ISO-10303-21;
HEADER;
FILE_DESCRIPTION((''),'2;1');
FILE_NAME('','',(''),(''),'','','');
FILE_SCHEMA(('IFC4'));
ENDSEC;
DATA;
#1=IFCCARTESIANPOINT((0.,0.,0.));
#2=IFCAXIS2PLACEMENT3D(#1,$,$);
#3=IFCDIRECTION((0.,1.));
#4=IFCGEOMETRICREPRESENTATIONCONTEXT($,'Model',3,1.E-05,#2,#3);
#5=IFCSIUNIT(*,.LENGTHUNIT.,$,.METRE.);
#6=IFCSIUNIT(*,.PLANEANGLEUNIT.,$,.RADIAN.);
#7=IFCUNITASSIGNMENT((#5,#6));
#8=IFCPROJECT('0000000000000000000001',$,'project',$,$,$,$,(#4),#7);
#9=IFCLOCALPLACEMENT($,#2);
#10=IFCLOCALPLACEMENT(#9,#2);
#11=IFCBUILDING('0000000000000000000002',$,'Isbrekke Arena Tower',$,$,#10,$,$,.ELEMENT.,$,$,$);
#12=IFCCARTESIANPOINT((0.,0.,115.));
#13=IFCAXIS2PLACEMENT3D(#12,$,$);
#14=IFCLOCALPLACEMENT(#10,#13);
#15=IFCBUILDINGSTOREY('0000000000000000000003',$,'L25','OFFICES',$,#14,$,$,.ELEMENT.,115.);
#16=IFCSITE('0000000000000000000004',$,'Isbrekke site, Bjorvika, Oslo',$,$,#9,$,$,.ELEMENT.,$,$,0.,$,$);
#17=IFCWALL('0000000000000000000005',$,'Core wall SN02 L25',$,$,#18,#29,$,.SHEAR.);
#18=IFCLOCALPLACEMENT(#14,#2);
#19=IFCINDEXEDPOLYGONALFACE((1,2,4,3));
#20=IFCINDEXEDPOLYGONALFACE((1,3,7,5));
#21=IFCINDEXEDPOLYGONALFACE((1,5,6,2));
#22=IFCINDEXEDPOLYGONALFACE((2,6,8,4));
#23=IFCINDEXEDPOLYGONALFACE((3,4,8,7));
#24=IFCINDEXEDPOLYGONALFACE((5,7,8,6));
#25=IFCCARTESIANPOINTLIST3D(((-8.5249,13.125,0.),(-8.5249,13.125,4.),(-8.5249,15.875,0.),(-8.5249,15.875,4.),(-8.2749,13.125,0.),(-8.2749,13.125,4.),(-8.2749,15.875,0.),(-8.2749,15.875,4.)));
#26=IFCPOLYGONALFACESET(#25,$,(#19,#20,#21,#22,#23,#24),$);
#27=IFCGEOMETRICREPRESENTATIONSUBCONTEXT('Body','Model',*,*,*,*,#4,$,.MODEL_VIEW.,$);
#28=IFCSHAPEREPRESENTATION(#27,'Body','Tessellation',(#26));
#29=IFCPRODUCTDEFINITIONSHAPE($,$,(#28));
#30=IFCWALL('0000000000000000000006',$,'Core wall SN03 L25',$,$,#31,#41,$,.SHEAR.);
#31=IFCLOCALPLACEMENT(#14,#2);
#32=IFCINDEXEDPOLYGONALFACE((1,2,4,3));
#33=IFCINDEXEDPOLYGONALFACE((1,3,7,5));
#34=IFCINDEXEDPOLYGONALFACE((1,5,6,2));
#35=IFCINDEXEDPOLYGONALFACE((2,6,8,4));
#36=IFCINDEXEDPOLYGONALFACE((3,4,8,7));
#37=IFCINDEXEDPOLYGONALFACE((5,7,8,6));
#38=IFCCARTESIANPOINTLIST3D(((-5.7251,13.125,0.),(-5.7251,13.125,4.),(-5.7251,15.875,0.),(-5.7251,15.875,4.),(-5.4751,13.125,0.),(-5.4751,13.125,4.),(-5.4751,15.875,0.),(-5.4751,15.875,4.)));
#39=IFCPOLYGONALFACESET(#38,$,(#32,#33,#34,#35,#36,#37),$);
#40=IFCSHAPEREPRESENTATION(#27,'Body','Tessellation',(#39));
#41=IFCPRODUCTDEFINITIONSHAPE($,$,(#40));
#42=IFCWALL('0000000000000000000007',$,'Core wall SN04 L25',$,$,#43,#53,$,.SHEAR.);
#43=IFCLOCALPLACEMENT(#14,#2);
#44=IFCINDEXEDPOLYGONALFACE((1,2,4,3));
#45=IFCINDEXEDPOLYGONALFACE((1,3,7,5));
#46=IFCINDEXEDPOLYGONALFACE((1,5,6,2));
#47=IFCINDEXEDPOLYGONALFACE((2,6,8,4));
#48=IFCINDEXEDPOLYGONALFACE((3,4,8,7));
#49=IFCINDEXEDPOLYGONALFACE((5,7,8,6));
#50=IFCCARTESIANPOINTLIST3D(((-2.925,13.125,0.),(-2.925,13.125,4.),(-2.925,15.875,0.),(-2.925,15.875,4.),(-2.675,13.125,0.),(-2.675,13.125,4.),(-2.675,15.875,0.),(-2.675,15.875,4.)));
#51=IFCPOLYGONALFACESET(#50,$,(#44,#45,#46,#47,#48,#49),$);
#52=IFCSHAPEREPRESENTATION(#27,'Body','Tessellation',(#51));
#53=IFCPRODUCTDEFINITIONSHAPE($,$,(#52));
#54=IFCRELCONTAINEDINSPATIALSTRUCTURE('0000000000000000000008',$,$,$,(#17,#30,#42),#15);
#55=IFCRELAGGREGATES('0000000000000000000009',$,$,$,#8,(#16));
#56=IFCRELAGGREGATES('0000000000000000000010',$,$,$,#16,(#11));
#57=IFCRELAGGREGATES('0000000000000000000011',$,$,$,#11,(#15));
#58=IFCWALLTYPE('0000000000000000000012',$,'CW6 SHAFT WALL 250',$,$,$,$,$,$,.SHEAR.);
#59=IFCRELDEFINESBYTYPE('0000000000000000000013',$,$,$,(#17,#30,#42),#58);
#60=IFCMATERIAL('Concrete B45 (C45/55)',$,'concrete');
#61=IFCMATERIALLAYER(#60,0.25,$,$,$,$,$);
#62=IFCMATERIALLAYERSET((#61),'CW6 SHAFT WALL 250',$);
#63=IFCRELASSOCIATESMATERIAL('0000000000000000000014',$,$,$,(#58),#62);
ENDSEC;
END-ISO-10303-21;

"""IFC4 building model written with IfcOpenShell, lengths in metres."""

from ifc_helpers import new_model, si_unit, direction, frame, frame_2d, origin, place, context, subcontext, project, spatial, rectangle, extrude, material, layer, layer_set, type_object, element, save


model = new_model("IFC4")

# Units and contexts
model_context = context("Model", 3, precision=1e-05, world=origin(), true_north=direction((0.0, 1.0)))
body_context = subcontext(model_context, "Body", "Model", "MODEL_VIEW")
ifc_project = project(units=[si_unit("LENGTHUNIT", "METRE"), si_unit("PLANEANGLEUNIT", "RADIAN")], contexts=[model_context])

# Site, building, storey
site_placement = place(None, origin())
site = spatial("IfcSite", under=ifc_project, at=site_placement, Name="Isbrekke site, Bjorvika, Oslo", CompositionType="ELEMENT", RefElevation=0.0)
building_placement = place(site_placement, origin())
building = spatial("IfcBuilding", under=site, at=building_placement, Name="Isbrekke Arena Tower", CompositionType="ELEMENT")
storey_placement = place(building_placement, frame((0.0, 0.0, 115.0)))
storey = spatial("IfcBuildingStorey", under=building, at=storey_placement, Name="L25", Description="OFFICES", CompositionType="ELEMENT", Elevation=115.0)

# Shared definitions
ifc_material_1 = material(Name="Concrete B45 (C45/55)", Category="concrete")
ifc_layer_1 = layer(ifc_material_1, 0.25)
ifc_layer_set_1 = layer_set([ifc_layer_1], Name="CW6 SHAFT WALL 250")
wall_type_1 = type_object("IfcWallType", Name="CW6 SHAFT WALL 250", PredefinedType="SHEAR", material=ifc_layer_set_1)

# Walls
for number, where, z_axis, x_axis, name in (
    (1, (-8.3999, 13.125, 0.0), (0.0, 0.0, 1.0), (0.0, 1.0, 0.0), "Core wall SN02 L25"),
    (2, (-5.6001, 13.125, 0.0), (0.0, 0.0, 1.0), (0.0, 1.0, 0.0), "Core wall SN03 L25"),
    (3, (-2.8, 13.125, 0.0), (0.0, 0.0, 1.0), (0.0, 1.0, 0.0), "Core wall SN04 L25"),
):
    element("IfcWall", number, at=place(storey_placement, frame(where, z_axis=z_axis, x_axis=x_axis)), inside=storey, type_object=wall_type_1, Name=name, PredefinedType="SHEAR", context=body_context, shape_type="SweptSolid", body=[
        extrude(rectangle(XDim=2.75, YDim=0.25, at=frame_2d((1.375, 0.0))), origin(), (0.0, 0.0, 1.0), 4.0),
    ])

save(model, "model.ifc")
